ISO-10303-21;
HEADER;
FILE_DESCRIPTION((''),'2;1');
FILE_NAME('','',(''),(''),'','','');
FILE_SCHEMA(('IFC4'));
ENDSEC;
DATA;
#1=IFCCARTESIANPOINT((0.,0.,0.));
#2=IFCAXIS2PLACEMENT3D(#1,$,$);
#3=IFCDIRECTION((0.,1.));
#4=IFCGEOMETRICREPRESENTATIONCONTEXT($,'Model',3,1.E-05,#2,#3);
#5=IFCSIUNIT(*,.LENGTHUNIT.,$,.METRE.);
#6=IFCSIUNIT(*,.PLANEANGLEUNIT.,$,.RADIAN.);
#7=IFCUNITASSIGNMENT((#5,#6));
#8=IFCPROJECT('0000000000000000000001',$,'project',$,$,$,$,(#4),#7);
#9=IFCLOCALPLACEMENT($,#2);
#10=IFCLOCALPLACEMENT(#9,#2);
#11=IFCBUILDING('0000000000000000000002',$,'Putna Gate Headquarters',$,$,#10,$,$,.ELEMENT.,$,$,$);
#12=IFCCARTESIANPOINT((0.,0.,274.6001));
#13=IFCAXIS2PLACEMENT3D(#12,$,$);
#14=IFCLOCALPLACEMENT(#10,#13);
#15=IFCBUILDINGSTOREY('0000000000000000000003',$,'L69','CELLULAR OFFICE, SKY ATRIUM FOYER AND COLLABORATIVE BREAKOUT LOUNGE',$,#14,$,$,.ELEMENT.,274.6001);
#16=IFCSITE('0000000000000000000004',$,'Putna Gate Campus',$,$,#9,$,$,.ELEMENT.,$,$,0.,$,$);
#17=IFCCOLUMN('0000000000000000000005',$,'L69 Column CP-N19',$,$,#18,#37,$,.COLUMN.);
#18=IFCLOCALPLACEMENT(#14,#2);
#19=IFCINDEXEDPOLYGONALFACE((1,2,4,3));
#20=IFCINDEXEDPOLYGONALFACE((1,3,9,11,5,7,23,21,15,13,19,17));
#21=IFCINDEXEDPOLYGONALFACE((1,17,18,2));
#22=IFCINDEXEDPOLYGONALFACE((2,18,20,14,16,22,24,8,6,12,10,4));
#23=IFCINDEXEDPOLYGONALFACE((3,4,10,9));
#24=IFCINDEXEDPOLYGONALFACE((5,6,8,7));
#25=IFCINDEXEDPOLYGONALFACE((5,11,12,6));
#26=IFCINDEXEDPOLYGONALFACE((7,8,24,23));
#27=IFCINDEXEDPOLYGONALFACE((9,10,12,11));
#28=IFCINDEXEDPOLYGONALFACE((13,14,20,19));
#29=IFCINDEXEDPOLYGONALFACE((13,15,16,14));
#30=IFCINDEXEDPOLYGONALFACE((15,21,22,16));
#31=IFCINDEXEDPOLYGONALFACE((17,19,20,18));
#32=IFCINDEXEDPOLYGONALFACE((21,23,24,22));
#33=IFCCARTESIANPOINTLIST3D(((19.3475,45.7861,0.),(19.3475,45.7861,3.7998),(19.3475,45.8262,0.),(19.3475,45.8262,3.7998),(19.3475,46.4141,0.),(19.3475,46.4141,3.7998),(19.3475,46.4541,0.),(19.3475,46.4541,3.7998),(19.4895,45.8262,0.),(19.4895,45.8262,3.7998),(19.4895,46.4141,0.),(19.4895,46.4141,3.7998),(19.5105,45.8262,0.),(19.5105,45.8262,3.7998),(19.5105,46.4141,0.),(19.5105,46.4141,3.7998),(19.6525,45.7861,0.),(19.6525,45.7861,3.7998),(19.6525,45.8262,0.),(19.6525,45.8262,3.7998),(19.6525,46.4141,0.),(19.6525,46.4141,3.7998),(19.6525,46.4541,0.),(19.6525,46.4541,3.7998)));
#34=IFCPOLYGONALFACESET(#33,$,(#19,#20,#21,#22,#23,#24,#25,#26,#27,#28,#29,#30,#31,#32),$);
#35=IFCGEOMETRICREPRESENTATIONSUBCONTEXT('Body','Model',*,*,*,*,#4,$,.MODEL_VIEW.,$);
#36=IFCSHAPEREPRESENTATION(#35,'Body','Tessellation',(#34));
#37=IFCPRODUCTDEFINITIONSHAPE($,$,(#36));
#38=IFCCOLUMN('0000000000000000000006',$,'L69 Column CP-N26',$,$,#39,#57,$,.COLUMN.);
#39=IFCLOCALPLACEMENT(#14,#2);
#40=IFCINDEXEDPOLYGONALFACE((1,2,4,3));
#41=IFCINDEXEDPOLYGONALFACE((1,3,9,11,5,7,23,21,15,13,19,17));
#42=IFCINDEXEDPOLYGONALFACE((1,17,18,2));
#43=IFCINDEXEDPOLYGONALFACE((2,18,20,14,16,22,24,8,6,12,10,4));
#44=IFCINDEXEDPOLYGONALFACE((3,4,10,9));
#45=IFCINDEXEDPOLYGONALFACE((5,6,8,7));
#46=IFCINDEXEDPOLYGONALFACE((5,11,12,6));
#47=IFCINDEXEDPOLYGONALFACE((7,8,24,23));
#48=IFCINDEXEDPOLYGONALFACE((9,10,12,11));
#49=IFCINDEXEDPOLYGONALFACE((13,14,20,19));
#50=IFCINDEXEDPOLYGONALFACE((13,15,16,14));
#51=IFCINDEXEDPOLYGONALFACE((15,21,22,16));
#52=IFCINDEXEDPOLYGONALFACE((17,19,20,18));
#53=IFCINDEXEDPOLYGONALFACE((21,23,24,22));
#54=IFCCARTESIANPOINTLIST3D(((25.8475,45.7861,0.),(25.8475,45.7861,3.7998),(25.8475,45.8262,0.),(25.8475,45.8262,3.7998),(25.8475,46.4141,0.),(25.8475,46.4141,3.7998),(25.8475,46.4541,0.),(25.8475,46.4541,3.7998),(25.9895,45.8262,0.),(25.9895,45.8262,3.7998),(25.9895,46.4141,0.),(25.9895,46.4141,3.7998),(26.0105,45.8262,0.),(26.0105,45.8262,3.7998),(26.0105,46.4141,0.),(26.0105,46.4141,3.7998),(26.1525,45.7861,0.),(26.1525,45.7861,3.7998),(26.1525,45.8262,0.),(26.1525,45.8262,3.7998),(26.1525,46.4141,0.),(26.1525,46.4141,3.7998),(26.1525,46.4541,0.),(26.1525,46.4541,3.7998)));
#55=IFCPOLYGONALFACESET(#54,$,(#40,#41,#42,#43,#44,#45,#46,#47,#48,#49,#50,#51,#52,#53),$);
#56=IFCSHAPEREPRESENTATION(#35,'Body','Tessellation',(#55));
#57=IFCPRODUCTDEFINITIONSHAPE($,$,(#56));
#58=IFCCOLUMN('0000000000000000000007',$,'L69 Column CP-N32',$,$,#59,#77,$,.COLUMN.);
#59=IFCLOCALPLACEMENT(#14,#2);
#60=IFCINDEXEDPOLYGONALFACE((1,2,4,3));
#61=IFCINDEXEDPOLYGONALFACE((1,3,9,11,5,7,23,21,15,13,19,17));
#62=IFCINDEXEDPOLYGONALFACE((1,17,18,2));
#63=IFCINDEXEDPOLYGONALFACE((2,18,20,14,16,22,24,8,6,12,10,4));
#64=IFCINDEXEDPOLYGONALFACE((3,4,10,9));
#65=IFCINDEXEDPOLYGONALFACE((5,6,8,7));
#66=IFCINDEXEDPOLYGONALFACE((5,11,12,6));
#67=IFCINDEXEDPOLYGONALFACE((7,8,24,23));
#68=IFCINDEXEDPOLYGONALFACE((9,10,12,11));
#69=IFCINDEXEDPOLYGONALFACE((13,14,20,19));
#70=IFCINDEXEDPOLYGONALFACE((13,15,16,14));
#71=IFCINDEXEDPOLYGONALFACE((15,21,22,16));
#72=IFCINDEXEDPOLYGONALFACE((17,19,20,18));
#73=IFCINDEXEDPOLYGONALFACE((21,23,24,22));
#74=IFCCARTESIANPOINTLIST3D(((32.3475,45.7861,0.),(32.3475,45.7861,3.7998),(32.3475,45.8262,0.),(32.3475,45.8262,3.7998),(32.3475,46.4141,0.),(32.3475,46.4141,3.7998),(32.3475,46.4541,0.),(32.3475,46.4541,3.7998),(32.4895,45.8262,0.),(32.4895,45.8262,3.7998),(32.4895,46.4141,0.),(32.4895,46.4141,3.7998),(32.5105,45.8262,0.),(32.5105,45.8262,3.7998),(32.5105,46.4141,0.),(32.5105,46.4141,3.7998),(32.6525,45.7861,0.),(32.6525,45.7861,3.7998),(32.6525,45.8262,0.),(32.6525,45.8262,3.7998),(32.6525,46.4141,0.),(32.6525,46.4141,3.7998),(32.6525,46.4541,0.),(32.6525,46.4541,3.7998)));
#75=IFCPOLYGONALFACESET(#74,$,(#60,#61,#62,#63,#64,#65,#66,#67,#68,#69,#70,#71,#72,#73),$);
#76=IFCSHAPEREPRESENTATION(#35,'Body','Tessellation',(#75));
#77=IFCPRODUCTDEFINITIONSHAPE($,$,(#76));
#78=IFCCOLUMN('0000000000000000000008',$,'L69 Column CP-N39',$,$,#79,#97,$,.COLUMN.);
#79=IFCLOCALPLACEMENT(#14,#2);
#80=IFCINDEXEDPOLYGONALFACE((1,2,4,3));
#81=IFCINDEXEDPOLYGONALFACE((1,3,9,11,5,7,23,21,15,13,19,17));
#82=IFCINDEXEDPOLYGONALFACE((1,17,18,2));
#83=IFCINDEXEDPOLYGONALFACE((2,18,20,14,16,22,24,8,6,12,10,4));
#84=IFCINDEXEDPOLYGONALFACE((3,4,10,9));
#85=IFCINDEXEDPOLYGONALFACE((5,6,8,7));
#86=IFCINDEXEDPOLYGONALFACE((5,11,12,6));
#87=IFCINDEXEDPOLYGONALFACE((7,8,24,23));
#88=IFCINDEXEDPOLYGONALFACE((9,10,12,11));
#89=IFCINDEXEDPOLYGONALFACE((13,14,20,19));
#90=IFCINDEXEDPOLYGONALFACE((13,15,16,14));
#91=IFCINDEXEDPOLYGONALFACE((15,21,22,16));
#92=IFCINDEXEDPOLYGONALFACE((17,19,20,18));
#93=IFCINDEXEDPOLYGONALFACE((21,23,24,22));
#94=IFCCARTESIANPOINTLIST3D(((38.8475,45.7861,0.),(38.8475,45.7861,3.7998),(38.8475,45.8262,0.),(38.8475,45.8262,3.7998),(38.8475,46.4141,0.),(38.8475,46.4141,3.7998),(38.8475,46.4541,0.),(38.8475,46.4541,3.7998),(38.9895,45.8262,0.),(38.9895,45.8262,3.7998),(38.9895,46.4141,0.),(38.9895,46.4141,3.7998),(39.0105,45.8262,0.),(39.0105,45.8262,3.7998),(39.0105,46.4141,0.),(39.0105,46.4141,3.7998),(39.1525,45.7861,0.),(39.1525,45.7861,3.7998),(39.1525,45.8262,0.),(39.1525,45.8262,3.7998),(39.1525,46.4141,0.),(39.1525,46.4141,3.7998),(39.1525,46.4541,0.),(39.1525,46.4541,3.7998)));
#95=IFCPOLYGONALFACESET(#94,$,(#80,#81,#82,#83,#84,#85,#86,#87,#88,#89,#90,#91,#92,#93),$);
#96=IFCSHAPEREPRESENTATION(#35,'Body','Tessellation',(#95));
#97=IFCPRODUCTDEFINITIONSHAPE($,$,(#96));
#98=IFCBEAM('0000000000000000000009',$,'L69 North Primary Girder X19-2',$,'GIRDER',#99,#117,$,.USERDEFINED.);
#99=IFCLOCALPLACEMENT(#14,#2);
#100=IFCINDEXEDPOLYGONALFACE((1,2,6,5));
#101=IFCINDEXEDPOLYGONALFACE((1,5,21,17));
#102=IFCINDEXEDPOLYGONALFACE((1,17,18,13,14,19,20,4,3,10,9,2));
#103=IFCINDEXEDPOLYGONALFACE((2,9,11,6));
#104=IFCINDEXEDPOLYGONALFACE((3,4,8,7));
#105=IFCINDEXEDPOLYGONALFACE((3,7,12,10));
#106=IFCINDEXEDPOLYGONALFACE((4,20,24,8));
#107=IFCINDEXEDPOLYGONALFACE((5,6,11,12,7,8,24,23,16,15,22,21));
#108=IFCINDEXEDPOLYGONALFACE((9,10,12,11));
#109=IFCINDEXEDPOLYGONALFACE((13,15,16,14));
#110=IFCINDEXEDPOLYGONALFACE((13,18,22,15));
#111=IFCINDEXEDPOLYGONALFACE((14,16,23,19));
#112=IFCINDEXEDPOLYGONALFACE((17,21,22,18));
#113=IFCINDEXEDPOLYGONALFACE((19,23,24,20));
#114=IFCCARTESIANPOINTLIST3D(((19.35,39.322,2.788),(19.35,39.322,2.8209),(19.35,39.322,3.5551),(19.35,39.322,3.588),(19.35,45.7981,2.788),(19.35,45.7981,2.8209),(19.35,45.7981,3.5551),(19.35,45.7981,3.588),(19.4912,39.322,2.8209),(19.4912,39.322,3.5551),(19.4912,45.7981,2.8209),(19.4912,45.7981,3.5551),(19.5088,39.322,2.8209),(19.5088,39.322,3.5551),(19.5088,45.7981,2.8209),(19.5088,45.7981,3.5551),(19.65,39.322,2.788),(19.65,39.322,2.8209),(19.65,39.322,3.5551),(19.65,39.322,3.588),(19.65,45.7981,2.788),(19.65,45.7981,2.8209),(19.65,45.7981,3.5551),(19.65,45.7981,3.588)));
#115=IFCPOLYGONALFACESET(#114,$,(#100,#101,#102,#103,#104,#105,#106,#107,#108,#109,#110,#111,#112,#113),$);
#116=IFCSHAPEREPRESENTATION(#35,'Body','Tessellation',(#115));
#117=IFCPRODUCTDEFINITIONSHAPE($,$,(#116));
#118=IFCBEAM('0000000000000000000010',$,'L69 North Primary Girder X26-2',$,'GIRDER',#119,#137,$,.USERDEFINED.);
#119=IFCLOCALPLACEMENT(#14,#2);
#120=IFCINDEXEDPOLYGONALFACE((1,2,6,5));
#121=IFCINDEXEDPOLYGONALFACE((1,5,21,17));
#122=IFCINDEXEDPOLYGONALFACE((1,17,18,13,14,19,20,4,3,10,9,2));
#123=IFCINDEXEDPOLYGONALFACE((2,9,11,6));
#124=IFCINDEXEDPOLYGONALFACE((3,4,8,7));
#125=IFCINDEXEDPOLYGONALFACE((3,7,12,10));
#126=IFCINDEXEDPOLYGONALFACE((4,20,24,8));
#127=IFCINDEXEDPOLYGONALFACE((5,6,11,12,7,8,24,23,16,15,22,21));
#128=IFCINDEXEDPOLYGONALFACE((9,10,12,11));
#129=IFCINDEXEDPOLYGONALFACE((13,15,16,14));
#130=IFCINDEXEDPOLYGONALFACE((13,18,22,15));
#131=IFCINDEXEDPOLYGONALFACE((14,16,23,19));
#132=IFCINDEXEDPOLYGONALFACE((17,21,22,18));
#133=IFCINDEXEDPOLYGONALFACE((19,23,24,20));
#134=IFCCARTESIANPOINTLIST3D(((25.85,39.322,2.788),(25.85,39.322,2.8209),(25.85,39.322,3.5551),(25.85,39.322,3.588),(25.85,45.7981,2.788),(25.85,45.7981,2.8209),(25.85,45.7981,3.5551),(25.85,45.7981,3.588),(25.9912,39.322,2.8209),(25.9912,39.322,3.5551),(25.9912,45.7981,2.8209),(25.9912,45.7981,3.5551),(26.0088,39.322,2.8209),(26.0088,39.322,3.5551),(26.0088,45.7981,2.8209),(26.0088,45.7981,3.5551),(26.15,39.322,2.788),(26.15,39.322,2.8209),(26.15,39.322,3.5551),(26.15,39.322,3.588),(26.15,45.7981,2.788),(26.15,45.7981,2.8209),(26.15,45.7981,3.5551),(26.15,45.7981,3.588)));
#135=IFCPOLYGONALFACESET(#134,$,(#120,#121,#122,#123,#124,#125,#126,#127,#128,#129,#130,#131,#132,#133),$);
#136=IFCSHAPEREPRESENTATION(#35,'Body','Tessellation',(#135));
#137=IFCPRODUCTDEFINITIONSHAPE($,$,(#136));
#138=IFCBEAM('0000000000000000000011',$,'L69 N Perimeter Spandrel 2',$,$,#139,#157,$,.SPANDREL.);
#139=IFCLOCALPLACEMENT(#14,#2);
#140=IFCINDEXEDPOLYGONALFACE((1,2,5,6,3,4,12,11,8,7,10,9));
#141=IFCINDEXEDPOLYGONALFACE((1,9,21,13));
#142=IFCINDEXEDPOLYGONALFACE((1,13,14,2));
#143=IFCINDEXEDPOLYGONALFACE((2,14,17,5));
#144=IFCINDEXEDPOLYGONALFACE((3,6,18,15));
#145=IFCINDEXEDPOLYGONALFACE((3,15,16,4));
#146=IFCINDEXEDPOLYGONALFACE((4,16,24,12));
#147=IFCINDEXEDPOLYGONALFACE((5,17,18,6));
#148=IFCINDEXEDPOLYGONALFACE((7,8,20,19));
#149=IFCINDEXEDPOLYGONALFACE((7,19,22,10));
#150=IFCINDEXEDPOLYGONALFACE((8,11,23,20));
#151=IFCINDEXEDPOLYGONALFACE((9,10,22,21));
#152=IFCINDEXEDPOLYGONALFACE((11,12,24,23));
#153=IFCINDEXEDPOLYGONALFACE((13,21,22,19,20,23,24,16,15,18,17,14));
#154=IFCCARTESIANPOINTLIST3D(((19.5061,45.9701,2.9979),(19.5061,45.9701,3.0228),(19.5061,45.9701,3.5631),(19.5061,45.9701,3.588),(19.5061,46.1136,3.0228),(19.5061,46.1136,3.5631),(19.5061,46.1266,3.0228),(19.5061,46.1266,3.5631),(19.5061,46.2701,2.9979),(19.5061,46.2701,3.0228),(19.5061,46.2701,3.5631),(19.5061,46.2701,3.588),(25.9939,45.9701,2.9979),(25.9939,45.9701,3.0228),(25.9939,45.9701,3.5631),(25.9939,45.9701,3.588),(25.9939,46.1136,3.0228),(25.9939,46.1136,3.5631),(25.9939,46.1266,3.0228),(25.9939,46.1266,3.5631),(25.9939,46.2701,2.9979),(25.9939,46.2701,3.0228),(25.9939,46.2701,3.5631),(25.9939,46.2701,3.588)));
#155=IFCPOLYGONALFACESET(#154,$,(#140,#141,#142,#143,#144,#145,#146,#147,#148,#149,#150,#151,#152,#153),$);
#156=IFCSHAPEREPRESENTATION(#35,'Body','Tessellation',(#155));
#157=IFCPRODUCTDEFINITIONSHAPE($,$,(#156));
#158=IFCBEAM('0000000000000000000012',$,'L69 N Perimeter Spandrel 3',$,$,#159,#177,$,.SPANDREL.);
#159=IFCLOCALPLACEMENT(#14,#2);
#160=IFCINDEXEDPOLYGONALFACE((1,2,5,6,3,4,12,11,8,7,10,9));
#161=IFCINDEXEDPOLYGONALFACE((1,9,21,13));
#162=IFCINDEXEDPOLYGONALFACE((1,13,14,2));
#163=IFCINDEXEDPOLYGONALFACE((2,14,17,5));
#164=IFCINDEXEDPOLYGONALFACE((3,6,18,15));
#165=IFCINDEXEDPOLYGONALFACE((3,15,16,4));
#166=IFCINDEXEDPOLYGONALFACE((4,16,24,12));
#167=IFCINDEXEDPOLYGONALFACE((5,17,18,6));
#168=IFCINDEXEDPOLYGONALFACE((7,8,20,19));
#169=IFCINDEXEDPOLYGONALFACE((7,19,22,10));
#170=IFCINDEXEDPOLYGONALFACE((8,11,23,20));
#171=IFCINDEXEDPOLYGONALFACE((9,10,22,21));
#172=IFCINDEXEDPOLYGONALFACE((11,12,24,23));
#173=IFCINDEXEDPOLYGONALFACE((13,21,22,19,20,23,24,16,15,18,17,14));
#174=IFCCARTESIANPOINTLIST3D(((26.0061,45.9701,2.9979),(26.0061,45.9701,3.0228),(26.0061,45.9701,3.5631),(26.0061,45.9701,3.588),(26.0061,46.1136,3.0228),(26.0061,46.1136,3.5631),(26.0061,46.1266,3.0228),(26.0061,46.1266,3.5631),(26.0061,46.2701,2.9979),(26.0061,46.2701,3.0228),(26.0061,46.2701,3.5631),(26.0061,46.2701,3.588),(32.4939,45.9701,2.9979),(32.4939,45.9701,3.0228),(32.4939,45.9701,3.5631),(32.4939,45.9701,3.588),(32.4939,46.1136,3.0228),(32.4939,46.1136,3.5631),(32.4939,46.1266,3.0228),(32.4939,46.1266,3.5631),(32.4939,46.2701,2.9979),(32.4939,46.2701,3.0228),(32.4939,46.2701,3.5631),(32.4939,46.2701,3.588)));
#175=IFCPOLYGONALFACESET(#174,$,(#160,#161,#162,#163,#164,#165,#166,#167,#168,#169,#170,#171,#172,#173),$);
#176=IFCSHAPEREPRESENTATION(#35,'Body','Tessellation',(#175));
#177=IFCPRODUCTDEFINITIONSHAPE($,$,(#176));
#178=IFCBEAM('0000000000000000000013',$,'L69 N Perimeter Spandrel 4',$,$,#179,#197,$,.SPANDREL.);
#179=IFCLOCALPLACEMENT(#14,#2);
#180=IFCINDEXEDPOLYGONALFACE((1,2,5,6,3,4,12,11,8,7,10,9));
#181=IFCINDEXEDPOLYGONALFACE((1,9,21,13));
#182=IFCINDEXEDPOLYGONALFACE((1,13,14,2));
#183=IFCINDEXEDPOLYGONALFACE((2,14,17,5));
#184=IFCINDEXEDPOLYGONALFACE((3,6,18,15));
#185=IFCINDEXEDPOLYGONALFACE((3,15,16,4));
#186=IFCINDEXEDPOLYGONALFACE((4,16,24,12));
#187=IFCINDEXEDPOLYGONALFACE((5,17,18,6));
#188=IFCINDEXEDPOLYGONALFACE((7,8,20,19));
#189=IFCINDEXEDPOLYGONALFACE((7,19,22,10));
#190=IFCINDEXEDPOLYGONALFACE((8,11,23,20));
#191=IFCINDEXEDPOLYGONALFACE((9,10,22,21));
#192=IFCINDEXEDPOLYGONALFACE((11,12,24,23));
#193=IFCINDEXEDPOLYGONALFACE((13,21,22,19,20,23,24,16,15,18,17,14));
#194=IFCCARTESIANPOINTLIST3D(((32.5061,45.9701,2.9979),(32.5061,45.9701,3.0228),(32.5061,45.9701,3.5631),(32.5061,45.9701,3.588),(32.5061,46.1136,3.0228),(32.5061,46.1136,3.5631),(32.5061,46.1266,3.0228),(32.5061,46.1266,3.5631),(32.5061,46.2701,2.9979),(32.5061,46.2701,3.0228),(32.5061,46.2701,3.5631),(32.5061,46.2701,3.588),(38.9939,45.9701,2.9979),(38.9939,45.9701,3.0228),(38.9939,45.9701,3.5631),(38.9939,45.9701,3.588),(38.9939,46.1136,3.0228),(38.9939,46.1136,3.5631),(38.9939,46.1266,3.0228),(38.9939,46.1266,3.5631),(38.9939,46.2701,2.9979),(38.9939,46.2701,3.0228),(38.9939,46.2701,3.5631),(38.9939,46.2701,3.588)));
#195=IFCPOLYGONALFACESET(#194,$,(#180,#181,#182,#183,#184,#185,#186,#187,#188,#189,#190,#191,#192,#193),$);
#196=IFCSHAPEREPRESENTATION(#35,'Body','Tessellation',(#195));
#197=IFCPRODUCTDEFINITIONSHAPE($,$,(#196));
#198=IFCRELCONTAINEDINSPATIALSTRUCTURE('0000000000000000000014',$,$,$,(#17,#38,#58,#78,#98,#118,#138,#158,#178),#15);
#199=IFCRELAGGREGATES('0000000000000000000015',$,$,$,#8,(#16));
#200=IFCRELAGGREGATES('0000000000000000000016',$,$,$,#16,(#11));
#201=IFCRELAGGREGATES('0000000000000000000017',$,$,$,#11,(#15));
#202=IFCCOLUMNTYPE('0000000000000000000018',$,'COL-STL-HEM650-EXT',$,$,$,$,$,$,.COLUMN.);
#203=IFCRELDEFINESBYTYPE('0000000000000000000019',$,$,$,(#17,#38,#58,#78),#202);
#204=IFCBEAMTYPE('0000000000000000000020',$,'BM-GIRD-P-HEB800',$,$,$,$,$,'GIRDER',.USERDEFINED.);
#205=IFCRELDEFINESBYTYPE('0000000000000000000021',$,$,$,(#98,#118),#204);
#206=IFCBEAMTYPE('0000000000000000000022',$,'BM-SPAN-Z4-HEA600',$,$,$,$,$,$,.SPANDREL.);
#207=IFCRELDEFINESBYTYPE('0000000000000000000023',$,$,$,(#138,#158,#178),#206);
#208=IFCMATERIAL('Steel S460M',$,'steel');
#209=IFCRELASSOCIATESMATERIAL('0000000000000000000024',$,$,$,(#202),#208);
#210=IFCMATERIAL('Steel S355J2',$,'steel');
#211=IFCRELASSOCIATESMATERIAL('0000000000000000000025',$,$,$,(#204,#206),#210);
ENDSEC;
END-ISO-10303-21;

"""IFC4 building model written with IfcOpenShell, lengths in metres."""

from ifc_helpers import new_model, si_unit, direction, frame, origin, origin_2d, place, context, subcontext, project, spatial, i_section, extrude, material, material_profile, profile_set, type_object, element, save


model = new_model("IFC4")

# Units and contexts
model_context = context("Model", 3, precision=1e-05, world=origin(), true_north=direction((0.0, 1.0)))
body_context = subcontext(model_context, "Body", "Model", "MODEL_VIEW")
ifc_project = project(units=[si_unit("LENGTHUNIT", "METRE"), si_unit("PLANEANGLEUNIT", "RADIAN")], contexts=[model_context])

# Site, building, storey
site_placement = place(None, origin())
site = spatial("IfcSite", under=ifc_project, at=site_placement, Name="Putna Gate Campus", CompositionType="ELEMENT", RefElevation=0.0)
building_placement = place(site_placement, origin())
building = spatial("IfcBuilding", under=site, at=building_placement, Name="Putna Gate Headquarters", CompositionType="ELEMENT")
storey_placement = place(building_placement, frame((0.0, 0.0, 274.6001)))
storey = spatial("IfcBuildingStorey", under=building, at=storey_placement, Name="L69", Description="CELLULAR OFFICE, SKY ATRIUM FOYER AND COLLABORATIVE BREAKOUT LOUNGE", CompositionType="ELEMENT", Elevation=274.6001)

# Columns
ifc_material_1 = material(Name="Steel S460M", Category="steel")
ifc_material_profile_1 = material_profile(ifc_material_1, i_section(OverallWidth=0.3049, OverallDepth=0.668, WebThickness=0.021, FlangeThickness=0.04, at=origin_2d()), Name="Steel S460M")
ifc_profile_set_1 = profile_set([ifc_material_profile_1], Name="Steel S460M")
column_type = type_object("IfcColumnType", Name="COL-STL-HEM650-EXT", PredefinedType="COLUMN", material=ifc_profile_set_1)
for number, where, z_axis, x_axis, name in (
    (1, (19.5, 46.1201, 0.0), (0.0, 0.0, 1.0), (1.0, 0.0, 0.0), "L69 Column CP-N19"),
    (2, (26.0, 46.1201, 0.0), (0.0, 0.0, 1.0), (1.0, 0.0, 0.0), "L69 Column CP-N26"),
    (3, (32.5, 46.1201, 0.0), (0.0, 0.0, 1.0), (1.0, 0.0, 0.0), "L69 Column CP-N32"),
    (4, (39.0, 46.1201, 0.0), (0.0, 0.0, 1.0), (1.0, 0.0, 0.0), "L69 Column CP-N39"),
):
    element("IfcColumn", number, at=place(storey_placement, frame(where, z_axis=z_axis, x_axis=x_axis)), inside=storey, type_object=column_type, Name=name, PredefinedType="COLUMN", context=body_context, shape_type="SweptSolid", body=[
        extrude(i_section(OverallWidth=0.3049, OverallDepth=0.668, WebThickness=0.021, FlangeThickness=0.04, at=origin_2d()), origin(), (0.0, 0.0, 1.0), 3.7998),
    ])

# Beams
ifc_material_2 = material(Name="Steel S355J2", Category="steel")
ifc_material_profile_2 = material_profile(ifc_material_2, i_section(OverallWidth=0.3, OverallDepth=0.8, WebThickness=0.0176, FlangeThickness=0.033, at=origin_2d()), Name="Steel S355J2")
ifc_profile_set_2 = profile_set([ifc_material_profile_2], Name="Steel S355J2")
beam_type_1 = type_object("IfcBeamType", Name="BM-GIRD-P-HEB800", ElementType="GIRDER", PredefinedType="USERDEFINED", material=ifc_profile_set_2)
for number, where, z_axis, x_axis, name in (
    (5, (19.5, 39.322, 3.188), (0.0, 1.0, 0.0), (-1.0, 0.0, 0.0), "L69 North Primary Girder X19-2"),
    (6, (26.0, 39.322, 3.188), (0.0, 1.0, 0.0), (-1.0, 0.0, 0.0), "L69 North Primary Girder X26-2"),
):
    element("IfcBeam", number, at=place(storey_placement, frame(where, z_axis=z_axis, x_axis=x_axis)), inside=storey, type_object=beam_type_1, Name=name, ObjectType="GIRDER", PredefinedType="USERDEFINED", context=body_context, shape_type="SweptSolid", body=[
        extrude(i_section(OverallWidth=0.3, OverallDepth=0.8, WebThickness=0.0176, FlangeThickness=0.033, at=origin_2d()), origin(), (0.0, 0.0, 1.0), 6.4761),
    ])
ifc_material_profile_3 = material_profile(ifc_material_2, i_section(OverallWidth=0.3, OverallDepth=0.5901, WebThickness=0.0129, FlangeThickness=0.0249, at=origin_2d()), Name="Steel S355J2")
ifc_profile_set_3 = profile_set([ifc_material_profile_3], Name="Steel S355J2")
beam_type_2 = type_object("IfcBeamType", Name="BM-SPAN-Z4-HEA600", PredefinedType="SPANDREL", material=ifc_profile_set_3)
for number, where, z_axis, x_axis, name in (
    (7, (19.5061, 46.1201, 3.293), (1.0, 0.0, 0.0), (0.0, 1.0, 0.0), "L69 N Perimeter Spandrel 2"),
    (8, (26.0061, 46.1201, 3.293), (1.0, 0.0, 0.0), (0.0, 1.0, 0.0), "L69 N Perimeter Spandrel 3"),
    (9, (32.5061, 46.1201, 3.293), (1.0, 0.0, 0.0), (0.0, 1.0, 0.0), "L69 N Perimeter Spandrel 4"),
):
    element("IfcBeam", number, at=place(storey_placement, frame(where, z_axis=z_axis, x_axis=x_axis)), inside=storey, type_object=beam_type_2, Name=name, PredefinedType="SPANDREL", context=body_context, shape_type="SweptSolid", body=[
        extrude(i_section(OverallWidth=0.3, OverallDepth=0.5901, WebThickness=0.0129, FlangeThickness=0.0249, at=origin_2d()), origin(), (0.0, 0.0, 1.0), 6.4878),
    ])

save(model, "model.ifc")
